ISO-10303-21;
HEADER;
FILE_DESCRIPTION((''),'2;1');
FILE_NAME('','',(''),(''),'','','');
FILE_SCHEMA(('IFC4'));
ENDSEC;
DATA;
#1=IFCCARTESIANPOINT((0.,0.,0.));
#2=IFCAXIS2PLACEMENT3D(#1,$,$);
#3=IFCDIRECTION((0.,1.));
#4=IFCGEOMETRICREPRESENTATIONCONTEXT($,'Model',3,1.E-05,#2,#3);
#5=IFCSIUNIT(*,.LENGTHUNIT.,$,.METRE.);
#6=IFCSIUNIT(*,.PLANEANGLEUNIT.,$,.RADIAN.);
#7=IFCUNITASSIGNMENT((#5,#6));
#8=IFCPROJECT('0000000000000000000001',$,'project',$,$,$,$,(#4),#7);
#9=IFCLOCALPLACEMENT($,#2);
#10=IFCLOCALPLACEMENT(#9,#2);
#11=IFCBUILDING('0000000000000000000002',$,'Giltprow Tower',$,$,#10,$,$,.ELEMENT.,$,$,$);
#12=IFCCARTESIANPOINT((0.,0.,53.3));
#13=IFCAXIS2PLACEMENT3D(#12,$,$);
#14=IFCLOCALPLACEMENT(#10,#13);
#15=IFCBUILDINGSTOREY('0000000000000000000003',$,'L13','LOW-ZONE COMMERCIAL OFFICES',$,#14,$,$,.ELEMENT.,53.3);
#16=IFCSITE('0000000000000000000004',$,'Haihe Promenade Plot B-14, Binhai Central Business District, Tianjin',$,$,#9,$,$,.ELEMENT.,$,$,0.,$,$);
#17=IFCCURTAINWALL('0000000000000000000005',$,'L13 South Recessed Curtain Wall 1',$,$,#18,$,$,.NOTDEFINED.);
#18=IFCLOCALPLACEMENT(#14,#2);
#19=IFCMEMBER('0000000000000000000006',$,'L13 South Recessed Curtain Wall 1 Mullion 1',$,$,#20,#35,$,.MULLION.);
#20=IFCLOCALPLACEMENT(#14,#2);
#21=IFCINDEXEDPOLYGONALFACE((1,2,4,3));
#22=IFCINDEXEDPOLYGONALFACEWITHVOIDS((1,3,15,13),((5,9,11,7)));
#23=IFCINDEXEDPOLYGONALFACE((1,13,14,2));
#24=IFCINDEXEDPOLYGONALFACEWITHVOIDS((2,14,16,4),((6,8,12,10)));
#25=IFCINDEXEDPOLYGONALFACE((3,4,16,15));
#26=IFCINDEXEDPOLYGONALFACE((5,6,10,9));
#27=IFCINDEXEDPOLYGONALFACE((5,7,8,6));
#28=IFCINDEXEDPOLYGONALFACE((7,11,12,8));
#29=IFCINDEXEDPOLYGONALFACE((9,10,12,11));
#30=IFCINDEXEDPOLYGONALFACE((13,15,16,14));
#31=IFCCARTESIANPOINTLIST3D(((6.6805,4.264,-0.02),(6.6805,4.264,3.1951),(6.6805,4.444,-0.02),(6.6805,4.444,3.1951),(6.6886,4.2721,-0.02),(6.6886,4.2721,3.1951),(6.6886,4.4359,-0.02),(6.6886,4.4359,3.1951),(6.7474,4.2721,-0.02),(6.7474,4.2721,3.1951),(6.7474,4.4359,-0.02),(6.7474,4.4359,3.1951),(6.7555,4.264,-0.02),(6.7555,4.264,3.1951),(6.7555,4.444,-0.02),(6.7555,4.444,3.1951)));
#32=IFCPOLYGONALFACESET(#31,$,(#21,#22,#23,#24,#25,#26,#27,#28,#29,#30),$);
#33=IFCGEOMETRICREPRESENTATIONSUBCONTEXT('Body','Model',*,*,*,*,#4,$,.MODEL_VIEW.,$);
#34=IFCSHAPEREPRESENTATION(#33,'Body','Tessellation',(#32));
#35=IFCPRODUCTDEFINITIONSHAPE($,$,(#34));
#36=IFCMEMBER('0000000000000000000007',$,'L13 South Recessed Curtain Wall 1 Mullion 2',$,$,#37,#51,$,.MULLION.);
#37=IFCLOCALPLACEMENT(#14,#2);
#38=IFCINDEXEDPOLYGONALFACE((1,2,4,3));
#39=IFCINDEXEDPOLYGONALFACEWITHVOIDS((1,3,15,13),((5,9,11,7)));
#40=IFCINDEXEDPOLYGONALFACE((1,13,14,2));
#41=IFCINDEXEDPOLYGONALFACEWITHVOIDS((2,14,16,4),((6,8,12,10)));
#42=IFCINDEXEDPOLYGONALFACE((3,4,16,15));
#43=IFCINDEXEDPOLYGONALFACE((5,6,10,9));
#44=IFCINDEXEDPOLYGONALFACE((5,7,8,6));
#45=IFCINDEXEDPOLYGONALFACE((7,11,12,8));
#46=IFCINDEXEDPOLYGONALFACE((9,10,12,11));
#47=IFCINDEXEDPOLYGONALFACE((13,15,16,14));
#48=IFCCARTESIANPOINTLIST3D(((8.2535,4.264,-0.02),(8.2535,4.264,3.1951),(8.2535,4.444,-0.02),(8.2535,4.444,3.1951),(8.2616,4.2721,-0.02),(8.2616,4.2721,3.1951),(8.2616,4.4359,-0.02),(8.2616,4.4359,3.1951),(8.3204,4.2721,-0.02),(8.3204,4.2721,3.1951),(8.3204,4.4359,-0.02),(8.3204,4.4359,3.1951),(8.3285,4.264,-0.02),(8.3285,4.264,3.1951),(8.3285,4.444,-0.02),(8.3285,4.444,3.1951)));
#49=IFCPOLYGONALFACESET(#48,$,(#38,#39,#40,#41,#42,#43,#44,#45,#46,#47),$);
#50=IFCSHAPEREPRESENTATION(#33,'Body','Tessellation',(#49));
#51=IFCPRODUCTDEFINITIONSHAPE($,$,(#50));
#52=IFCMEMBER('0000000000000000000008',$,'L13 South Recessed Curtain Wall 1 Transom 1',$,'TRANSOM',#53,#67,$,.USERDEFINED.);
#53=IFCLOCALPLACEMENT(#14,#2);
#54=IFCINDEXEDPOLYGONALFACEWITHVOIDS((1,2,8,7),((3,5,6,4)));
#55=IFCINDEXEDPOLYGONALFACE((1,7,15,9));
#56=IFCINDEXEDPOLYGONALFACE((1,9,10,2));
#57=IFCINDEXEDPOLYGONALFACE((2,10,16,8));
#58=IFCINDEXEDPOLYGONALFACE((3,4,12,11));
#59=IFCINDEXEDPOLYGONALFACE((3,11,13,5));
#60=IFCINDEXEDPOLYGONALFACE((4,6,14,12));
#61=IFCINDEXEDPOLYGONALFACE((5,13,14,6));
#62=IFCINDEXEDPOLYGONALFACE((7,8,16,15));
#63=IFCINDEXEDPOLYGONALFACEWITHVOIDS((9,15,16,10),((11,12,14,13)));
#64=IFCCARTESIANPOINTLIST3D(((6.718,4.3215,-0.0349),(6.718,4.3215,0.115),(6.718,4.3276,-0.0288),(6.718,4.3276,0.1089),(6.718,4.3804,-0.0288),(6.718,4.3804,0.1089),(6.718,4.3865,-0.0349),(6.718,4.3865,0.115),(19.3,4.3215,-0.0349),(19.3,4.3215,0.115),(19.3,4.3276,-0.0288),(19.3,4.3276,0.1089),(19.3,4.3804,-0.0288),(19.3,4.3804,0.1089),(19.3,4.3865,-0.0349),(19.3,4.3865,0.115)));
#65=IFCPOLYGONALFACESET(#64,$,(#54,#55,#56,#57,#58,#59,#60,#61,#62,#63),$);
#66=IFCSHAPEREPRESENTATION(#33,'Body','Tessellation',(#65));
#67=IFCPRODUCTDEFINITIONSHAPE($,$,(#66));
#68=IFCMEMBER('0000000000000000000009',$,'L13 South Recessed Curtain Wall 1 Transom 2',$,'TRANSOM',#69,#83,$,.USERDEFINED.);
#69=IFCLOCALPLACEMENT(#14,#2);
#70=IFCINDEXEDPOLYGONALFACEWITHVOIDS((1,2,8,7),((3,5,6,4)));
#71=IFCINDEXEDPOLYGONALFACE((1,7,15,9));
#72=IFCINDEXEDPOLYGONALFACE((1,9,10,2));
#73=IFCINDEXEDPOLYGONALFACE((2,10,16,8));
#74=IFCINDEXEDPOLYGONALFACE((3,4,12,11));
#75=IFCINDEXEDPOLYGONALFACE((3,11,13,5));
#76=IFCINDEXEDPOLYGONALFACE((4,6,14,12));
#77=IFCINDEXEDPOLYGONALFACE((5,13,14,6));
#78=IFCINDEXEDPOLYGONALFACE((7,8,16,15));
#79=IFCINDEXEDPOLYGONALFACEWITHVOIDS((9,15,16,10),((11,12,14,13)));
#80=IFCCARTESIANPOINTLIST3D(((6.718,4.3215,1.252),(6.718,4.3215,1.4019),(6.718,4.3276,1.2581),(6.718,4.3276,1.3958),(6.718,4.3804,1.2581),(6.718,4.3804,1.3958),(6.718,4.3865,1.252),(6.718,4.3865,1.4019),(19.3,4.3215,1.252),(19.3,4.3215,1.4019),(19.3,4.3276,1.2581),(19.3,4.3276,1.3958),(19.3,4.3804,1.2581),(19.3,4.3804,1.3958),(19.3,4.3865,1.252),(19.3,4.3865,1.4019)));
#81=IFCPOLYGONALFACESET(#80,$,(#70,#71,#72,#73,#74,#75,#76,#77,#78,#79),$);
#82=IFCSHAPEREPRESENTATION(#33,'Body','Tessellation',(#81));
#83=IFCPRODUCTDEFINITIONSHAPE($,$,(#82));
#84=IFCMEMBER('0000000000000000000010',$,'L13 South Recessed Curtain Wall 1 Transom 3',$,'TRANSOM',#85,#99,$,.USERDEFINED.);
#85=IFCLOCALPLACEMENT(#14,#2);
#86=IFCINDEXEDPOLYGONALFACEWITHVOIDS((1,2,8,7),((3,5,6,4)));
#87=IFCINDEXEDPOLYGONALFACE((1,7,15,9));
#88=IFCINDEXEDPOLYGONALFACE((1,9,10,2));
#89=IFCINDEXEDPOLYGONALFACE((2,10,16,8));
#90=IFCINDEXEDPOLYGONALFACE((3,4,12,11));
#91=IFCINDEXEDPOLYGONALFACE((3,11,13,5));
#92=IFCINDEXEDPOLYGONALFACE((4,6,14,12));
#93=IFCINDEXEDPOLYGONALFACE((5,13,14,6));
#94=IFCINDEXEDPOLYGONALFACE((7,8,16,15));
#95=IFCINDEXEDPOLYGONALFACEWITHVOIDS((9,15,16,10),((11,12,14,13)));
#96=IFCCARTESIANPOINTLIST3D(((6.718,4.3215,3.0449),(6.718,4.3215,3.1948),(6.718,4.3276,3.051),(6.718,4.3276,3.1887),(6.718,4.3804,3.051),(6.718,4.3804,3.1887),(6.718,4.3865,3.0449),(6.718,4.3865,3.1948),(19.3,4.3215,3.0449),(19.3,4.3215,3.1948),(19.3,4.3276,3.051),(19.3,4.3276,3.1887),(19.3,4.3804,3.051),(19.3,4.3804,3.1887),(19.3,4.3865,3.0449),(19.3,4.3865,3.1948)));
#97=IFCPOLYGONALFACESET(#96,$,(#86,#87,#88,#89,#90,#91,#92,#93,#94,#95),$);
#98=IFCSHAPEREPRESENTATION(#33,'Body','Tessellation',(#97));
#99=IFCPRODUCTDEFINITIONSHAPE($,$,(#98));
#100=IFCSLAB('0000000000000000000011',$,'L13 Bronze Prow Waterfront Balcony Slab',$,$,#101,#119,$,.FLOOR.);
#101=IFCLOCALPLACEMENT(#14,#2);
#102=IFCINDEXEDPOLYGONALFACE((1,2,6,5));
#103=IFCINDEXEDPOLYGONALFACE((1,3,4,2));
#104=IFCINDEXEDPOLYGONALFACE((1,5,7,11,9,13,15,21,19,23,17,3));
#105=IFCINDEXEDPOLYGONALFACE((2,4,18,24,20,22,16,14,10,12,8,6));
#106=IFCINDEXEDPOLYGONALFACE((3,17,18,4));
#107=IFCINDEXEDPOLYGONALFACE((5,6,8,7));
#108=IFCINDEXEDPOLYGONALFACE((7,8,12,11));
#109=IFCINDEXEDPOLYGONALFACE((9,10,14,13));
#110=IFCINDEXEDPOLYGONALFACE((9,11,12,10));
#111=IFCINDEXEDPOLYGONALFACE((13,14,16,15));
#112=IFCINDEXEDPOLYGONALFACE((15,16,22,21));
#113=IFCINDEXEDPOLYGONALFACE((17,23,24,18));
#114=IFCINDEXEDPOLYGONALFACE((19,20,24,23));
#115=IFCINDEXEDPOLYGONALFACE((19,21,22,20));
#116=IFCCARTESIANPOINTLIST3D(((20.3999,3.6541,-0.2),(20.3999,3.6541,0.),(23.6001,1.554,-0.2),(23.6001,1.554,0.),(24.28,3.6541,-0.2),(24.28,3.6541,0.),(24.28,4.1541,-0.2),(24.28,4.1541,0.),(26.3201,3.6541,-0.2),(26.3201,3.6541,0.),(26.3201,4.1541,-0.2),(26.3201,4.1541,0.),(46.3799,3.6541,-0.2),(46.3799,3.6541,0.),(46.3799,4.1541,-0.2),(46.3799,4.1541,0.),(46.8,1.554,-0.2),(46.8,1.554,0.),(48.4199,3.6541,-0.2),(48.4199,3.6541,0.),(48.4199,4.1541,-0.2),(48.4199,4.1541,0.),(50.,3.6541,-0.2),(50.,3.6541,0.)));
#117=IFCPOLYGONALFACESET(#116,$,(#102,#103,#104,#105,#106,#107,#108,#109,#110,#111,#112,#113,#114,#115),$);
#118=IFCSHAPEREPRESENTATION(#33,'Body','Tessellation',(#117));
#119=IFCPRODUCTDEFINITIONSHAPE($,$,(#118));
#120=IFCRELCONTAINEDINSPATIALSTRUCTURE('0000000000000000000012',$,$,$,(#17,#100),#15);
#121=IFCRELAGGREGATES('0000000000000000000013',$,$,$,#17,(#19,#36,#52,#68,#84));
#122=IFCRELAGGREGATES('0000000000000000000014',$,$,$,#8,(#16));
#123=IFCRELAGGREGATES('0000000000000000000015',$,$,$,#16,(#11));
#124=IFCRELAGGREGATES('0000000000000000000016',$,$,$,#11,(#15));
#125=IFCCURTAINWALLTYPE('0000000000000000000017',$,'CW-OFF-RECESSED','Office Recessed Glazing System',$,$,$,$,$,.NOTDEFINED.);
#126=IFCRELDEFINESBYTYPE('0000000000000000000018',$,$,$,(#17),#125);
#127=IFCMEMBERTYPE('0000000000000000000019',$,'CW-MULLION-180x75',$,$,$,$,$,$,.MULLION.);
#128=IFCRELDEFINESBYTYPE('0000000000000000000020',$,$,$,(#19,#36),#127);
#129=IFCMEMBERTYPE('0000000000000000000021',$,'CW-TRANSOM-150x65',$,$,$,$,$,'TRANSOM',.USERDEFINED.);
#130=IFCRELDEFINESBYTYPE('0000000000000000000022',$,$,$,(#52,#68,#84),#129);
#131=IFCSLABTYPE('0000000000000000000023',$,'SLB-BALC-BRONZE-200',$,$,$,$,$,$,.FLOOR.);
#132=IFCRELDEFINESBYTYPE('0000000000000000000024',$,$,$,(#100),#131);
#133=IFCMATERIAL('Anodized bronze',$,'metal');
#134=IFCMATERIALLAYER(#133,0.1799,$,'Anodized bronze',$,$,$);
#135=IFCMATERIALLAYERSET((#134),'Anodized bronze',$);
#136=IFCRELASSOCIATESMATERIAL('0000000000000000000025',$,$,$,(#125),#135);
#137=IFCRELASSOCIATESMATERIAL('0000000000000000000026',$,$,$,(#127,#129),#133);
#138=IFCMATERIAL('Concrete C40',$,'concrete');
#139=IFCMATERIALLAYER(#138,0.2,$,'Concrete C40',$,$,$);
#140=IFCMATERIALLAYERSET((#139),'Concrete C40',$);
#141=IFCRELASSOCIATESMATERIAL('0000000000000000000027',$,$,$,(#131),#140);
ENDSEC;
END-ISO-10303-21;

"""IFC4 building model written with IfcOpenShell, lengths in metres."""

from ifc_helpers import new_model, si_unit, direction, frame, origin, origin_2d, place, context, subcontext, project, spatial, polyline, hollow_rectangle, outline, extrude, source, transform, mapped, material, layer, layer_set, material_profile, profile_set, type_object, element, aggregate, save


model = new_model("IFC4")

# Units and contexts
model_context = context("Model", 3, precision=1e-05, world=origin(), true_north=direction((0.0, 1.0)))
body_context = subcontext(model_context, "Body", "Model", "MODEL_VIEW")
ifc_project = project(units=[si_unit("LENGTHUNIT", "METRE"), si_unit("PLANEANGLEUNIT", "RADIAN")], contexts=[model_context])

# Site, building, storey
site_placement = place(None, origin())
site = spatial("IfcSite", under=ifc_project, at=site_placement, Name="Haihe Promenade Plot B-14, Binhai Central Business District, Tianjin", CompositionType="ELEMENT", RefElevation=0.0)
building_placement = place(site_placement, origin())
building = spatial("IfcBuilding", under=site, at=building_placement, Name="Giltprow Tower", CompositionType="ELEMENT")
storey_placement = place(building_placement, frame((0.0, 0.0, 53.3)))
storey = spatial("IfcBuildingStorey", under=building, at=storey_placement, Name="L13", Description="LOW-ZONE COMMERCIAL OFFICES", CompositionType="ELEMENT", Elevation=53.3)

# Curtain wall, members
ifc_material_1 = material(Name="Anodized bronze", Category="metal")
ifc_layer_1 = layer(ifc_material_1, 0.1799, Name="Anodized bronze")
ifc_layer_set_1 = layer_set([ifc_layer_1], Name="Anodized bronze")
curtain_wall_type = type_object("IfcCurtainWallType", Name="CW-OFF-RECESSED", Description="Office Recessed Glazing System", PredefinedType="NOTDEFINED", material=ifc_layer_set_1)
curtain_wall_placement = place(storey_placement, origin())
curtain_wall = element("IfcCurtainWall", 1, at=curtain_wall_placement, inside=storey, type_object=curtain_wall_type, Name="L13 South Recessed Curtain Wall 1", PredefinedType="NOTDEFINED")
ifc_material_profile_1 = material_profile(ifc_material_1, hollow_rectangle(XDim=0.075, YDim=0.1799, WallThickness=0.0081, at=origin_2d()), Name="RHS 180x75x8")
ifc_profile_set_1 = profile_set([ifc_material_profile_1], Name="Anodized bronze")
member_type_1 = type_object("IfcMemberType", Name="CW-MULLION-180x75", PredefinedType="MULLION", material=ifc_profile_set_1)
shared_shape_1 = source(origin(), body_context, "Body", "SweptSolid", [
    extrude(hollow_rectangle(XDim=0.075, YDim=0.1799, WallThickness=0.0081, at=origin_2d()), origin(), (0.0, 0.0, 1.0), 3.2151),
])
member_1_placement = place(storey_placement, frame((6.718, 4.354, -0.02), z_axis=(0.0, 0.0, 1.0), x_axis=(1.0, 0.0, 0.0)))
member_1 = element("IfcMember", 2, at=member_1_placement, type_object=member_type_1, Name="L13 South Recessed Curtain Wall 1 Mullion 1", PredefinedType="MULLION", context=body_context, shape_type="MappedRepresentation", body=[
    mapped(shared_shape_1, transform((0.0, 0.0, 0.0), x_axis=(1.0, 0.0, 0.0), y_axis=(0.0, 1.0, 0.0), z_axis=(0.0, 0.0, 1.0), scale=1.0)),
])
member_2_placement = place(storey_placement, frame((8.291, 4.354, -0.02), z_axis=(0.0, 0.0, 1.0), x_axis=(1.0, 0.0, 0.0)))
member_2 = element("IfcMember", 3, at=member_2_placement, type_object=member_type_1, Name="L13 South Recessed Curtain Wall 1 Mullion 2", PredefinedType="MULLION", context=body_context, shape_type="MappedRepresentation", body=[
    mapped(shared_shape_1, transform((0.0, 0.0, 0.0), x_axis=(1.0, 0.0, 0.0), y_axis=(0.0, 1.0, 0.0), z_axis=(0.0, 0.0, 1.0), scale=1.0)),
])
ifc_material_profile_2 = material_profile(ifc_material_1, hollow_rectangle(XDim=0.0649, YDim=0.1499, WallThickness=0.0061, at=origin_2d()), Name="RHS 150x65x6")
ifc_profile_set_2 = profile_set([ifc_material_profile_2], Name="Anodized bronze")
member_type_2 = type_object("IfcMemberType", Name="CW-TRANSOM-150x65", ElementType="TRANSOM", PredefinedType="USERDEFINED", material=ifc_profile_set_2)
shared_shape_2 = source(origin(), body_context, "Body", "SweptSolid", [
    extrude(hollow_rectangle(XDim=0.0649, YDim=0.1499, WallThickness=0.0061, at=origin_2d()), origin(), (0.0, 0.0, 1.0), 12.582),
])
member_3_placement = place(storey_placement, frame((6.718, 4.354, 0.04), z_axis=(1.0, 0.0, 0.0), x_axis=(0.0, 1.0, 0.0)))
member_3 = element("IfcMember", 4, at=member_3_placement, type_object=member_type_2, Name="L13 South Recessed Curtain Wall 1 Transom 1", ObjectType="TRANSOM", PredefinedType="USERDEFINED", context=body_context, shape_type="MappedRepresentation", body=[
    mapped(shared_shape_2, transform((0.0, 0.0, 0.0), x_axis=(1.0, 0.0, 0.0), y_axis=(0.0, 1.0, 0.0), z_axis=(0.0, 0.0, 1.0), scale=1.0)),
])
member_4_placement = place(storey_placement, frame((6.718, 4.354, 1.3269), z_axis=(1.0, 0.0, 0.0), x_axis=(0.0, 1.0, 0.0)))
member_4 = element("IfcMember", 5, at=member_4_placement, type_object=member_type_2, Name="L13 South Recessed Curtain Wall 1 Transom 2", ObjectType="TRANSOM", PredefinedType="USERDEFINED", context=body_context, shape_type="MappedRepresentation", body=[
    mapped(shared_shape_2, transform((0.0, 0.0, 0.0), x_axis=(1.0, 0.0, 0.0), y_axis=(0.0, 1.0, 0.0), z_axis=(0.0, 0.0, 1.0), scale=1.0)),
])
member_5_placement = place(storey_placement, frame((6.718, 4.354, 3.1199), z_axis=(1.0, 0.0, 0.0), x_axis=(0.0, 1.0, 0.0)))
member_5 = element("IfcMember", 6, at=member_5_placement, type_object=member_type_2, Name="L13 South Recessed Curtain Wall 1 Transom 3", ObjectType="TRANSOM", PredefinedType="USERDEFINED", context=body_context, shape_type="MappedRepresentation", body=[
    mapped(shared_shape_2, transform((0.0, 0.0, 0.0), x_axis=(1.0, 0.0, 0.0), y_axis=(0.0, 1.0, 0.0), z_axis=(0.0, 0.0, 1.0), scale=1.0)),
])

# Slab
ifc_material_2 = material(Name="Concrete C40", Category="concrete")
ifc_layer_2 = layer(ifc_material_2, 0.2, Name="Concrete C40")
ifc_layer_set_2 = layer_set([ifc_layer_2], Name="Concrete C40")
slab_type_1 = type_object("IfcSlabType", Name="SLB-BALC-BRONZE-200", PredefinedType="FLOOR", material=ifc_layer_set_2)
slab_1_placement = place(storey_placement, frame((0.0, 0.0, -0.2)))
element("IfcSlab", 7, at=slab_1_placement, inside=storey, type_object=slab_type_1, Name="L13 Bronze Prow Waterfront Balcony Slab", PredefinedType="FLOOR", context=body_context, shape_type="SweptSolid", body=[
    extrude(outline(polyline([(50.0, 3.6541), (46.8, 1.554), (23.6001, 1.554), (20.3999, 3.6541), (24.28, 3.6541), (24.28, 4.1541), (26.3201, 4.1541), (26.3201, 3.6541), (46.3799, 3.6541), (46.3799, 4.1541), (48.4199, 4.1541), (48.4199, 3.6541), (50.0, 3.6541)])), origin(), (0.0, 0.0, 1.0), 0.2),
])

aggregate(curtain_wall, [member_1, member_2, member_3, member_4, member_5])

save(model, "model.ifc")
